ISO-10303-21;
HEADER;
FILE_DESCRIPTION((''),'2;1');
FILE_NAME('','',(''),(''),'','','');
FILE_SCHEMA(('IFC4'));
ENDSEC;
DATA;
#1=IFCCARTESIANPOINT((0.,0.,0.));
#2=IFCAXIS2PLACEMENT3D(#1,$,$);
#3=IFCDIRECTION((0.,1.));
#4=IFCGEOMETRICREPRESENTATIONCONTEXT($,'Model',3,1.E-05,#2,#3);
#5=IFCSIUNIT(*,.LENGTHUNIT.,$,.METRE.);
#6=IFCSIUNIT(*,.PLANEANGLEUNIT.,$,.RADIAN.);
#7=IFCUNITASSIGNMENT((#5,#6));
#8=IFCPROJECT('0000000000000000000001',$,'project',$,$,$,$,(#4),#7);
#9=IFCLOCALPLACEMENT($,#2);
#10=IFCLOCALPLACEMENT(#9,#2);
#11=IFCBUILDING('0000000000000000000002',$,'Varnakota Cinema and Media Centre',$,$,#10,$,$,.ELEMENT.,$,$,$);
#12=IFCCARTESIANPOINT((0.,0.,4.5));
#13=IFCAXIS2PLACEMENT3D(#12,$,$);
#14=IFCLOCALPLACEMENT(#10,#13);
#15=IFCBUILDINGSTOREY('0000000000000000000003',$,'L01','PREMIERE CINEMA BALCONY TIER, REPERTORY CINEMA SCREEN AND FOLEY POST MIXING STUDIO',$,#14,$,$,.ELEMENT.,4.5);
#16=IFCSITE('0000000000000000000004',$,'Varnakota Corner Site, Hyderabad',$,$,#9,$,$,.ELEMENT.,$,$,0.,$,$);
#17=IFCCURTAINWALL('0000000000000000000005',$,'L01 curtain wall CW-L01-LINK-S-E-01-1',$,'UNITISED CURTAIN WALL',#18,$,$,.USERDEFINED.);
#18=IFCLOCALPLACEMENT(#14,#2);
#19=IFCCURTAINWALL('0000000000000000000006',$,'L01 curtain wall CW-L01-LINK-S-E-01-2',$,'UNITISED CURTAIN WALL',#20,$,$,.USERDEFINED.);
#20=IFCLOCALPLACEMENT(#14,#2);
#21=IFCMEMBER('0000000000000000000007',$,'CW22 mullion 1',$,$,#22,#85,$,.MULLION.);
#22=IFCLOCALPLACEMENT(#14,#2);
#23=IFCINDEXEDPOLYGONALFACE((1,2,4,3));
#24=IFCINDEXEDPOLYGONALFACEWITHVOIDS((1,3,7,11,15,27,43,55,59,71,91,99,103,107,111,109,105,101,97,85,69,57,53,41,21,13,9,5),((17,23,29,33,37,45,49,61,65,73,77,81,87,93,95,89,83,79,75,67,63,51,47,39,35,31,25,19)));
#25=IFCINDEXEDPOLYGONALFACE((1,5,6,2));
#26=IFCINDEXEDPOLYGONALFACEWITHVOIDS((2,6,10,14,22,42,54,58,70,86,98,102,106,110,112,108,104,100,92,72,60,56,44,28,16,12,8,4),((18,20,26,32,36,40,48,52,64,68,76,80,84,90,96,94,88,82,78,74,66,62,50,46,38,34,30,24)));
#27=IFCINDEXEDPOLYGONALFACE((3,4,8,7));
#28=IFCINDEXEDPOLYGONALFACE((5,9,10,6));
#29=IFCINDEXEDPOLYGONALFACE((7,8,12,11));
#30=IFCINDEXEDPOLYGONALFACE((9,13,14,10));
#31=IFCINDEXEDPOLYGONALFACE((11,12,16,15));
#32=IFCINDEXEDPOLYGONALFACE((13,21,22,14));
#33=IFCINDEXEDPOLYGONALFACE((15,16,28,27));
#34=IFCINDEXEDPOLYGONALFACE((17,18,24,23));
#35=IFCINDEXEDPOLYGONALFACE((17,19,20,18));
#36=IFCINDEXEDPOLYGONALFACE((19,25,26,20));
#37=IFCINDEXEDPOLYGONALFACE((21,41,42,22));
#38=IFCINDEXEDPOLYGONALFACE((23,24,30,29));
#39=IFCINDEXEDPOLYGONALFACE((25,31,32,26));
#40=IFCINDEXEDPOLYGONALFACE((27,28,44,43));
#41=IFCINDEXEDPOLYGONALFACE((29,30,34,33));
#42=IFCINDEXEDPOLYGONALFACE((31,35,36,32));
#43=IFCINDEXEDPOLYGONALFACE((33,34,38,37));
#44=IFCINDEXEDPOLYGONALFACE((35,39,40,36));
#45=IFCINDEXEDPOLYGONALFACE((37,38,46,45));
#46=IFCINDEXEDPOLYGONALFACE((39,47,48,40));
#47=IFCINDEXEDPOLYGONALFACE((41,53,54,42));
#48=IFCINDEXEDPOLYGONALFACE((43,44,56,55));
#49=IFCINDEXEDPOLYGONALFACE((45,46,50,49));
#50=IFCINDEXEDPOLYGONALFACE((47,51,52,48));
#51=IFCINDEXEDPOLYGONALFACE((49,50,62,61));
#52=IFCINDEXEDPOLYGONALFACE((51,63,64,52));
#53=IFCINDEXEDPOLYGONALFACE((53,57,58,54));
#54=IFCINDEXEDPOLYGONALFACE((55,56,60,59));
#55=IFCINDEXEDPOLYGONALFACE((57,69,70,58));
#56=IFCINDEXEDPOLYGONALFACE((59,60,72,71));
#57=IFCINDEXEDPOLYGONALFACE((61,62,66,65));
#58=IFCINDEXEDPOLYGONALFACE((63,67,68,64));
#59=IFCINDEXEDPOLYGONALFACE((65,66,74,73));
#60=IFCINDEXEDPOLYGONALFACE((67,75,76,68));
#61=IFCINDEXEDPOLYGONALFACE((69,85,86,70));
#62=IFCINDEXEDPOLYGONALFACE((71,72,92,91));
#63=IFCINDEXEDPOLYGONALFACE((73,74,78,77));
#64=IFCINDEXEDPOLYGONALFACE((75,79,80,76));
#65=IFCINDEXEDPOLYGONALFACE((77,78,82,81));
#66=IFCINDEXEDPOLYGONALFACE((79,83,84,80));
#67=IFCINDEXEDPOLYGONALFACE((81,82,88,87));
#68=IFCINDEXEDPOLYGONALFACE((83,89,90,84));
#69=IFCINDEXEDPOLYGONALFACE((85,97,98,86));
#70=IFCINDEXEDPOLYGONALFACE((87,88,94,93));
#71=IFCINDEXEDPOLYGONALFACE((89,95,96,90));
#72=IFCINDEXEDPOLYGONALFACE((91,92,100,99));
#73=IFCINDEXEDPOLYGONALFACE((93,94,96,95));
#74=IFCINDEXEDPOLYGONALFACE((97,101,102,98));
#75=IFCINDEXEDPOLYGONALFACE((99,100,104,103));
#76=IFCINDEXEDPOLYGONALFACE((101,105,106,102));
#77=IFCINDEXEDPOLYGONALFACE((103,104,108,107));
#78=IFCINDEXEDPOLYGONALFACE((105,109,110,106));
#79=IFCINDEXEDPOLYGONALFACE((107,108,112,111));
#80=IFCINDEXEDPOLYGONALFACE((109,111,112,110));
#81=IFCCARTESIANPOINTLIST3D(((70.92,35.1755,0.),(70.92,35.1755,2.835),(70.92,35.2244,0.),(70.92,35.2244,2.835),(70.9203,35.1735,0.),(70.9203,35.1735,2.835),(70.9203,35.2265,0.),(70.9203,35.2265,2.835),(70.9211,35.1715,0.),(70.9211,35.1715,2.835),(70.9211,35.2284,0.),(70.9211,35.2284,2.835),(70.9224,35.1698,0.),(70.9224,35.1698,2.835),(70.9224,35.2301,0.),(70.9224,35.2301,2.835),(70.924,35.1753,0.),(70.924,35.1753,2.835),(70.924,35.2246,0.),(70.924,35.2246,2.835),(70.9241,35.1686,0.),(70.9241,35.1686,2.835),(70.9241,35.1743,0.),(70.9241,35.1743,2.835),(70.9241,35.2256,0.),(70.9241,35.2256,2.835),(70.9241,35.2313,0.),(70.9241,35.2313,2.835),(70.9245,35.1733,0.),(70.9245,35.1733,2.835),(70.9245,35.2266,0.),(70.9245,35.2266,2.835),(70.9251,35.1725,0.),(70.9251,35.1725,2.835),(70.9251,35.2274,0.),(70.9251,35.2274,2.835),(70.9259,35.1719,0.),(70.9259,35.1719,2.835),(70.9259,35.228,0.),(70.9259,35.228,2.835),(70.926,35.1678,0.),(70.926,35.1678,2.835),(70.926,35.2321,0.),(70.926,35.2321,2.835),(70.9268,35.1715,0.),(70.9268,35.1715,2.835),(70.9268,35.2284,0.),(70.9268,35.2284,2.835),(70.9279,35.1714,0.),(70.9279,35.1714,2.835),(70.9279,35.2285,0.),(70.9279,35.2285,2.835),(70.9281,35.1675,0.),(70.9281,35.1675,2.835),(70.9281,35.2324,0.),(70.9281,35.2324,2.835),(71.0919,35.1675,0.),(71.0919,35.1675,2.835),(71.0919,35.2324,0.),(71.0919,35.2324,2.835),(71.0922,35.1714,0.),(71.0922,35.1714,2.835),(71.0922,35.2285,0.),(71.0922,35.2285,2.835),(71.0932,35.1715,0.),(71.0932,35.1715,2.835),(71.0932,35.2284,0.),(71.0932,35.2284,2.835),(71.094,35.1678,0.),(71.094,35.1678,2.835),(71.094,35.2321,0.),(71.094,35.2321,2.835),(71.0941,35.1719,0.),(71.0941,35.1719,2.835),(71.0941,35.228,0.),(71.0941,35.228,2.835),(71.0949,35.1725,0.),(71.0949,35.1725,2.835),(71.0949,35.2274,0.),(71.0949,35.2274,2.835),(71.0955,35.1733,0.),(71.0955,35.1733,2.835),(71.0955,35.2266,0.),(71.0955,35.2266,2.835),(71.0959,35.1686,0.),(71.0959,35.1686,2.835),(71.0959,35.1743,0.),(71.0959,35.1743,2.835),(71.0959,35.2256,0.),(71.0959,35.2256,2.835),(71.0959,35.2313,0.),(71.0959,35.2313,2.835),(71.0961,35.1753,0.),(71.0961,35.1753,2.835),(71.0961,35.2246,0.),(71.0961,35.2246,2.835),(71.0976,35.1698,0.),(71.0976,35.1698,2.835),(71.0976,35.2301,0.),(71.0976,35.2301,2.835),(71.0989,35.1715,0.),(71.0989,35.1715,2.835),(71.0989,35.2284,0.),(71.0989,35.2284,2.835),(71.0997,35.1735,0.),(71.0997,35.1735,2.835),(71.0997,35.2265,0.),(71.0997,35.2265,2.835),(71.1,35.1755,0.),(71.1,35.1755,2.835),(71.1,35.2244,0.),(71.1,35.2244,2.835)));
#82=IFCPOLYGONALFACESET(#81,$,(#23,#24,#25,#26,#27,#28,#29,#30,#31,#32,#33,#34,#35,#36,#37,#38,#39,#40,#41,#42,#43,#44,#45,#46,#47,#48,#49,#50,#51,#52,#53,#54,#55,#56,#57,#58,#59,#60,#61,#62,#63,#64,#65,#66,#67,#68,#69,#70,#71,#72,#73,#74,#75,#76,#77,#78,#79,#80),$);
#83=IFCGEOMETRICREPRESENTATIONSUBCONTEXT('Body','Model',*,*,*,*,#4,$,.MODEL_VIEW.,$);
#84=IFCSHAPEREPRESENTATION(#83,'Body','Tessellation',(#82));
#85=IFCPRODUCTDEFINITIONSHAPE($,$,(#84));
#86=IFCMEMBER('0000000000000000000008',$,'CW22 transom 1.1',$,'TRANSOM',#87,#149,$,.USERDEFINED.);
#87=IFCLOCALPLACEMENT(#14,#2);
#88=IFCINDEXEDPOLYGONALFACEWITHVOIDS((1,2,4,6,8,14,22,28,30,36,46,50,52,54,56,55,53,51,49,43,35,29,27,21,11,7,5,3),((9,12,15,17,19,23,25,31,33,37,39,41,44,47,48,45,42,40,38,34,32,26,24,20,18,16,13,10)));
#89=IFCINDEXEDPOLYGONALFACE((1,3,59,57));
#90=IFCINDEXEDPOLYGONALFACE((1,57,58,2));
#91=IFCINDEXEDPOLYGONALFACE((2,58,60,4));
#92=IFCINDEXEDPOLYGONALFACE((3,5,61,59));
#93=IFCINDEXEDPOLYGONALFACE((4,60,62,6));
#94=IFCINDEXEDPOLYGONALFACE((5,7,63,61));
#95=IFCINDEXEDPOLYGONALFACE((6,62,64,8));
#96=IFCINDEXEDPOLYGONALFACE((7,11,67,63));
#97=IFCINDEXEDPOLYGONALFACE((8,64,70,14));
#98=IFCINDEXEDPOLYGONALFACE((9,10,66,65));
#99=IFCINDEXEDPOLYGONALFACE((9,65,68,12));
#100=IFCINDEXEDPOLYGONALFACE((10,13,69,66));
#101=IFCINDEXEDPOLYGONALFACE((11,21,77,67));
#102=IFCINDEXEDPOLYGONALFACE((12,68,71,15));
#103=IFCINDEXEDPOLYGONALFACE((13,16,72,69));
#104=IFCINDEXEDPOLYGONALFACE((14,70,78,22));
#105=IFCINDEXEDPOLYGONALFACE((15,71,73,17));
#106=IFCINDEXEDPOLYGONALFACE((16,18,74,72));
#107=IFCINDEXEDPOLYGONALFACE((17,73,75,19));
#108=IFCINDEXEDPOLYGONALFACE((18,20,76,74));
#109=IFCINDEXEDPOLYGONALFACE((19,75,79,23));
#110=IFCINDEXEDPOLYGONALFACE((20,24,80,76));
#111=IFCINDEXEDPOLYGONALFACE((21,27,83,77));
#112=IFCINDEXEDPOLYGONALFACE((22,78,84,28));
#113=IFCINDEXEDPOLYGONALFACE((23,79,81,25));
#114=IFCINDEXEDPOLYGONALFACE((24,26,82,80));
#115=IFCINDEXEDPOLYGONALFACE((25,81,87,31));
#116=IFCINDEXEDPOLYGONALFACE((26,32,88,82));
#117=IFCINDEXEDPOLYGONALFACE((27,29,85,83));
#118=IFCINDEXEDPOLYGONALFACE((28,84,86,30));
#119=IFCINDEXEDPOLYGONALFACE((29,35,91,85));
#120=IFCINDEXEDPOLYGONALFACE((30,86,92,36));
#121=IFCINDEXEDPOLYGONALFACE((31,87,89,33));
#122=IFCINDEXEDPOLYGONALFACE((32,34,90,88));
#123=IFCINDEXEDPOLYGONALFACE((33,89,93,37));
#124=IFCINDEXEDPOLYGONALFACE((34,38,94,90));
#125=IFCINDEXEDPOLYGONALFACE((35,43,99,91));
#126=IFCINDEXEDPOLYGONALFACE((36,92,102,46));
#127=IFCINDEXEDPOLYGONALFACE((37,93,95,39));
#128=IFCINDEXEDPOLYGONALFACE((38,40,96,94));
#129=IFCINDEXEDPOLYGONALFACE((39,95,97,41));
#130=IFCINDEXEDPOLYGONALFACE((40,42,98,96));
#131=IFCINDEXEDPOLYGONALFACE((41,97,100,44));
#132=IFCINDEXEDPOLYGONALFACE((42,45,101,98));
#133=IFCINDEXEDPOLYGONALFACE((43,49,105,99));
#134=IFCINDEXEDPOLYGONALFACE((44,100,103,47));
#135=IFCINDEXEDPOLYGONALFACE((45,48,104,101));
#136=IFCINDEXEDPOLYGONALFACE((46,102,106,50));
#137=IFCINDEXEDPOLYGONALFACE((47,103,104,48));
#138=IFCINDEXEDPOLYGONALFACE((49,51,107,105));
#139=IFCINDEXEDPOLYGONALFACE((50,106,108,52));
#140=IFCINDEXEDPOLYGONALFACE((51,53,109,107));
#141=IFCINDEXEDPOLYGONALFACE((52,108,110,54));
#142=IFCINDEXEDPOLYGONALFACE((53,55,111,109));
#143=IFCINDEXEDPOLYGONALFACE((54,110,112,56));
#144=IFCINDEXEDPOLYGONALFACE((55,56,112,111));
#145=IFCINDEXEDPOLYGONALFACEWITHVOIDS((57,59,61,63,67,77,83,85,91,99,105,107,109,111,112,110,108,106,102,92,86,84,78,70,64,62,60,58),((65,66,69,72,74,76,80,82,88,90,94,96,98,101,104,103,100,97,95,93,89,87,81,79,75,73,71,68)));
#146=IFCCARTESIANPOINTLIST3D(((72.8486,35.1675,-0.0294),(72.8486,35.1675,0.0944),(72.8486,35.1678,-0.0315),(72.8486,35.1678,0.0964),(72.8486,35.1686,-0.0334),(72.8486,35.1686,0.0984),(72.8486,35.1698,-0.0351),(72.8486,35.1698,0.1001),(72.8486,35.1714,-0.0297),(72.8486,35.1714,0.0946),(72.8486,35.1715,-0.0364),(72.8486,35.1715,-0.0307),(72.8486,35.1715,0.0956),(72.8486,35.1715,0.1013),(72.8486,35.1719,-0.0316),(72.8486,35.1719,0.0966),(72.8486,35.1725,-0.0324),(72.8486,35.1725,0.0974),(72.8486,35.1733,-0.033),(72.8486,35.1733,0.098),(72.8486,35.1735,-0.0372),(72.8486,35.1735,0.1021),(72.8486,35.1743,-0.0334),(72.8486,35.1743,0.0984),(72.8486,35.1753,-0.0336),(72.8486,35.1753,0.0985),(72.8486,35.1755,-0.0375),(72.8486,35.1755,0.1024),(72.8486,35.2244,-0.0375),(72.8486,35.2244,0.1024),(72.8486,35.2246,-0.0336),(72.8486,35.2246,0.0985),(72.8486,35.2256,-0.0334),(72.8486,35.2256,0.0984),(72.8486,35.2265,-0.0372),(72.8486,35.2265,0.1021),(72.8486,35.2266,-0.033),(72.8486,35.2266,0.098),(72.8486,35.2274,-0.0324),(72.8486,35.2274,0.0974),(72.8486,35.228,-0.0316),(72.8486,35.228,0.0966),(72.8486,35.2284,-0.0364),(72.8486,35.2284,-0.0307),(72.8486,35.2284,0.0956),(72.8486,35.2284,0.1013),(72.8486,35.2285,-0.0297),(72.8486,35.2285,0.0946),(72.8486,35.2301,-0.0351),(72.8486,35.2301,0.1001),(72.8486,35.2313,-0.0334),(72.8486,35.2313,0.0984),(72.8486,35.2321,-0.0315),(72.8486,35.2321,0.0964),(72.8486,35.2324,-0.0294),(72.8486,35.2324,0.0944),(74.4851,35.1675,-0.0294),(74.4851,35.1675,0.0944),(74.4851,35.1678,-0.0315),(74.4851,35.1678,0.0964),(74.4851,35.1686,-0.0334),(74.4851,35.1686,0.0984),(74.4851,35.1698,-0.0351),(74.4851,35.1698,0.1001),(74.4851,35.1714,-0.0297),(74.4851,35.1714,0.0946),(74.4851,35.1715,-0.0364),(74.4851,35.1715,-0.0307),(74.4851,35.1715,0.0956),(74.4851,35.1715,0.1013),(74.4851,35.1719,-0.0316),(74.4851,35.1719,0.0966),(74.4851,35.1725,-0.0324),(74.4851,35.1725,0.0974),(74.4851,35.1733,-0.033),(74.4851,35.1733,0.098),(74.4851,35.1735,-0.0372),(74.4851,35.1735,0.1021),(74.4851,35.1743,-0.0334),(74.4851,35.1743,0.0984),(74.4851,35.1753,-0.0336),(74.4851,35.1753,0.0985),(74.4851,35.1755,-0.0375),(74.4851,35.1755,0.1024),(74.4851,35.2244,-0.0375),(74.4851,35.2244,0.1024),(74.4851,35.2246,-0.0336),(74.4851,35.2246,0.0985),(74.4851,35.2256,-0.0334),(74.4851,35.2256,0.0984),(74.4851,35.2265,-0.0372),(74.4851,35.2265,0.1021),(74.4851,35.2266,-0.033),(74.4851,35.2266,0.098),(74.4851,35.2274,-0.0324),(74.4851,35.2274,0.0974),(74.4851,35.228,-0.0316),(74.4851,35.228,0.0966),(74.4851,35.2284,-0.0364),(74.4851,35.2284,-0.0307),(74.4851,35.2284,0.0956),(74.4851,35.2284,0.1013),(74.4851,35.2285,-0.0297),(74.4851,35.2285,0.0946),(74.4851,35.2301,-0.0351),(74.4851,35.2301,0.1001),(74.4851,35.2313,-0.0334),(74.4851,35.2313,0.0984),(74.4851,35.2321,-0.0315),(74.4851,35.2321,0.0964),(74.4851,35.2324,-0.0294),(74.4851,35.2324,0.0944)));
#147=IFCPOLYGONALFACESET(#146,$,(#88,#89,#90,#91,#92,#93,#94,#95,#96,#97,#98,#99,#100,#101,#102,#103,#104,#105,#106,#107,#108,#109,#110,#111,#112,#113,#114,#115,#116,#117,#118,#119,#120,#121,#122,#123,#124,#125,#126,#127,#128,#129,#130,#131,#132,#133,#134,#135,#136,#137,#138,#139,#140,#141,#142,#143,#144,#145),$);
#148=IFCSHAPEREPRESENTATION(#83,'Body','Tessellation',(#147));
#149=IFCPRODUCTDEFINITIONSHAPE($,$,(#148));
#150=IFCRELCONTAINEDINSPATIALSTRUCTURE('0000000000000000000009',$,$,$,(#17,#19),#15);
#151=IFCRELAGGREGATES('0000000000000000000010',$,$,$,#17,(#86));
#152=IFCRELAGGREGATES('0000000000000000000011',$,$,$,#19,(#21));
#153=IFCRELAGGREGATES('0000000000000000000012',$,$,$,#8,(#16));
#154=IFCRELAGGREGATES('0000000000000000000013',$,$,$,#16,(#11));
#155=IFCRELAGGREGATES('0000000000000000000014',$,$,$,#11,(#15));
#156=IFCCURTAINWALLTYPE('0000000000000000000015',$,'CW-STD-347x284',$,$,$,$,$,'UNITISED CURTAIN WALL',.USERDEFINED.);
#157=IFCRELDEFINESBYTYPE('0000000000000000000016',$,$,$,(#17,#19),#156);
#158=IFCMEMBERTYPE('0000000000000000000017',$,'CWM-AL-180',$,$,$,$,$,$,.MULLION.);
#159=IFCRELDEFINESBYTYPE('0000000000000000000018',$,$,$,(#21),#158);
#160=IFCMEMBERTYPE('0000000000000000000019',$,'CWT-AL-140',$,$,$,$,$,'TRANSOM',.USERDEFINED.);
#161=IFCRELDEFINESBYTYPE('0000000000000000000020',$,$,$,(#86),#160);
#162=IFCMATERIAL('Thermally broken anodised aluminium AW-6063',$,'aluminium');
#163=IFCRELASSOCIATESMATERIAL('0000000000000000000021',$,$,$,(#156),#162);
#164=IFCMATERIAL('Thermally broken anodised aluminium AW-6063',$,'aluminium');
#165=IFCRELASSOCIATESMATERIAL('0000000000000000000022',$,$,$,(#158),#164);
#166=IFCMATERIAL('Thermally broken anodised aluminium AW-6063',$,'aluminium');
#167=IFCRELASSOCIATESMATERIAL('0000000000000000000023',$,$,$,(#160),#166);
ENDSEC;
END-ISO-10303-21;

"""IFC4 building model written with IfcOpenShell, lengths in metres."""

from ifc_helpers import new_model, si_unit, direction, frame, origin, origin_2d, place, context, subcontext, project, spatial, hollow_rectangle, extrude, material, material_profile, profile_set, type_object, element, aggregate, save


model = new_model("IFC4")

# Units and contexts
model_context = context("Model", 3, precision=1e-05, world=origin(), true_north=direction((0.0, 1.0)))
body_context = subcontext(model_context, "Body", "Model", "MODEL_VIEW")
ifc_project = project(units=[si_unit("LENGTHUNIT", "METRE"), si_unit("PLANEANGLEUNIT", "RADIAN")], contexts=[model_context])

# Site, building, storey
site_placement = place(None, origin())
site = spatial("IfcSite", under=ifc_project, at=site_placement, Name="Varnakota Corner Site, Hyderabad", CompositionType="ELEMENT", RefElevation=0.0)
building_placement = place(site_placement, origin())
building = spatial("IfcBuilding", under=site, at=building_placement, Name="Varnakota Cinema and Media Centre", CompositionType="ELEMENT")
storey_placement = place(building_placement, frame((0.0, 0.0, 4.5)))
storey = spatial("IfcBuildingStorey", under=building, at=storey_placement, Name="L01", Description="PREMIERE CINEMA BALCONY TIER, REPERTORY CINEMA SCREEN AND FOLEY POST MIXING STUDIO", CompositionType="ELEMENT", Elevation=4.5)

# Curtain wall
ifc_material_1 = material(Name="Thermally broken anodised aluminium AW-6063", Category="aluminium")
curtain_wall_type = type_object("IfcCurtainWallType", Name="CW-STD-347x284", ElementType="UNITISED CURTAIN WALL", PredefinedType="USERDEFINED", material=ifc_material_1)
curtain_wall_1_placement = place(storey_placement, origin())
curtain_wall_1 = element("IfcCurtainWall", 1, at=curtain_wall_1_placement, inside=storey, type_object=curtain_wall_type, Name="L01 curtain wall CW-L01-LINK-S-E-01-1", ObjectType="UNITISED CURTAIN WALL", PredefinedType="USERDEFINED")
ifc_material_2 = material(Name="Thermally broken anodised aluminium AW-6063", Category="aluminium")
ifc_material_profile_1 = material_profile(ifc_material_2, hollow_rectangle(XDim=0.0649, YDim=0.1799, WallThickness=0.0039, InnerFilletRadius=0.0039, OuterFilletRadius=0.0081, at=origin_2d()), Name="AL-MULLION 180x65x4")
ifc_profile_set_1 = profile_set([ifc_material_profile_1], Name="Thermally broken anodised aluminium AW-6063")
member_type_1 = type_object("IfcMemberType", Name="CWM-AL-180", PredefinedType="MULLION", material=ifc_profile_set_1)

# Curtain wall, member
curtain_wall_2_placement = place(storey_placement, origin())
curtain_wall_2 = element("IfcCurtainWall", 2, at=curtain_wall_2_placement, inside=storey, type_object=curtain_wall_type, Name="L01 curtain wall CW-L01-LINK-S-E-01-2", ObjectType="UNITISED CURTAIN WALL", PredefinedType="USERDEFINED")
member_1_placement = place(storey_placement, frame((71.01, 35.2, 0.0), z_axis=(0.0, 0.0, 1.0), x_axis=(0.0, -1.0, 0.0)))
member_1 = element("IfcMember", 3, at=member_1_placement, type_object=member_type_1, Name="CW22 mullion 1", PredefinedType="MULLION", context=body_context, shape_type="SweptSolid", body=[
    extrude(hollow_rectangle(XDim=0.0649, YDim=0.1799, WallThickness=0.0039, InnerFilletRadius=0.0039, OuterFilletRadius=0.0081, at=origin_2d()), origin(), (0.0, 0.0, 1.0), 2.835),
])

# Member
ifc_material_3 = material(Name="Thermally broken anodised aluminium AW-6063", Category="aluminium")
ifc_material_profile_2 = material_profile(ifc_material_3, hollow_rectangle(XDim=0.0649, YDim=0.1399, WallThickness=0.0039, InnerFilletRadius=0.0039, OuterFilletRadius=0.0081, at=origin_2d()), Name="AL-TRANSOM 140x65x4")
ifc_profile_set_2 = profile_set([ifc_material_profile_2], Name="Thermally broken anodised aluminium AW-6063")
member_type_2 = type_object("IfcMemberType", Name="CWT-AL-140", ElementType="TRANSOM", PredefinedType="USERDEFINED", material=ifc_profile_set_2)
member_2_placement = place(storey_placement, frame((74.4851, 35.2, 0.0325), z_axis=(-1.0, 0.0, 0.0), x_axis=(0.0, -1.0, 0.0)))
member_2 = element("IfcMember", 4, at=member_2_placement, type_object=member_type_2, Name="CW22 transom 1.1", ObjectType="TRANSOM", PredefinedType="USERDEFINED", context=body_context, shape_type="SweptSolid", body=[
    extrude(hollow_rectangle(XDim=0.0649, YDim=0.1399, WallThickness=0.0039, InnerFilletRadius=0.0039, OuterFilletRadius=0.0081, at=origin_2d()), origin(), (0.0, 0.0, 1.0), 1.6365),
])

aggregate(curtain_wall_1, [member_2])
aggregate(curtain_wall_2, [member_1])

save(model, "model.ifc")
